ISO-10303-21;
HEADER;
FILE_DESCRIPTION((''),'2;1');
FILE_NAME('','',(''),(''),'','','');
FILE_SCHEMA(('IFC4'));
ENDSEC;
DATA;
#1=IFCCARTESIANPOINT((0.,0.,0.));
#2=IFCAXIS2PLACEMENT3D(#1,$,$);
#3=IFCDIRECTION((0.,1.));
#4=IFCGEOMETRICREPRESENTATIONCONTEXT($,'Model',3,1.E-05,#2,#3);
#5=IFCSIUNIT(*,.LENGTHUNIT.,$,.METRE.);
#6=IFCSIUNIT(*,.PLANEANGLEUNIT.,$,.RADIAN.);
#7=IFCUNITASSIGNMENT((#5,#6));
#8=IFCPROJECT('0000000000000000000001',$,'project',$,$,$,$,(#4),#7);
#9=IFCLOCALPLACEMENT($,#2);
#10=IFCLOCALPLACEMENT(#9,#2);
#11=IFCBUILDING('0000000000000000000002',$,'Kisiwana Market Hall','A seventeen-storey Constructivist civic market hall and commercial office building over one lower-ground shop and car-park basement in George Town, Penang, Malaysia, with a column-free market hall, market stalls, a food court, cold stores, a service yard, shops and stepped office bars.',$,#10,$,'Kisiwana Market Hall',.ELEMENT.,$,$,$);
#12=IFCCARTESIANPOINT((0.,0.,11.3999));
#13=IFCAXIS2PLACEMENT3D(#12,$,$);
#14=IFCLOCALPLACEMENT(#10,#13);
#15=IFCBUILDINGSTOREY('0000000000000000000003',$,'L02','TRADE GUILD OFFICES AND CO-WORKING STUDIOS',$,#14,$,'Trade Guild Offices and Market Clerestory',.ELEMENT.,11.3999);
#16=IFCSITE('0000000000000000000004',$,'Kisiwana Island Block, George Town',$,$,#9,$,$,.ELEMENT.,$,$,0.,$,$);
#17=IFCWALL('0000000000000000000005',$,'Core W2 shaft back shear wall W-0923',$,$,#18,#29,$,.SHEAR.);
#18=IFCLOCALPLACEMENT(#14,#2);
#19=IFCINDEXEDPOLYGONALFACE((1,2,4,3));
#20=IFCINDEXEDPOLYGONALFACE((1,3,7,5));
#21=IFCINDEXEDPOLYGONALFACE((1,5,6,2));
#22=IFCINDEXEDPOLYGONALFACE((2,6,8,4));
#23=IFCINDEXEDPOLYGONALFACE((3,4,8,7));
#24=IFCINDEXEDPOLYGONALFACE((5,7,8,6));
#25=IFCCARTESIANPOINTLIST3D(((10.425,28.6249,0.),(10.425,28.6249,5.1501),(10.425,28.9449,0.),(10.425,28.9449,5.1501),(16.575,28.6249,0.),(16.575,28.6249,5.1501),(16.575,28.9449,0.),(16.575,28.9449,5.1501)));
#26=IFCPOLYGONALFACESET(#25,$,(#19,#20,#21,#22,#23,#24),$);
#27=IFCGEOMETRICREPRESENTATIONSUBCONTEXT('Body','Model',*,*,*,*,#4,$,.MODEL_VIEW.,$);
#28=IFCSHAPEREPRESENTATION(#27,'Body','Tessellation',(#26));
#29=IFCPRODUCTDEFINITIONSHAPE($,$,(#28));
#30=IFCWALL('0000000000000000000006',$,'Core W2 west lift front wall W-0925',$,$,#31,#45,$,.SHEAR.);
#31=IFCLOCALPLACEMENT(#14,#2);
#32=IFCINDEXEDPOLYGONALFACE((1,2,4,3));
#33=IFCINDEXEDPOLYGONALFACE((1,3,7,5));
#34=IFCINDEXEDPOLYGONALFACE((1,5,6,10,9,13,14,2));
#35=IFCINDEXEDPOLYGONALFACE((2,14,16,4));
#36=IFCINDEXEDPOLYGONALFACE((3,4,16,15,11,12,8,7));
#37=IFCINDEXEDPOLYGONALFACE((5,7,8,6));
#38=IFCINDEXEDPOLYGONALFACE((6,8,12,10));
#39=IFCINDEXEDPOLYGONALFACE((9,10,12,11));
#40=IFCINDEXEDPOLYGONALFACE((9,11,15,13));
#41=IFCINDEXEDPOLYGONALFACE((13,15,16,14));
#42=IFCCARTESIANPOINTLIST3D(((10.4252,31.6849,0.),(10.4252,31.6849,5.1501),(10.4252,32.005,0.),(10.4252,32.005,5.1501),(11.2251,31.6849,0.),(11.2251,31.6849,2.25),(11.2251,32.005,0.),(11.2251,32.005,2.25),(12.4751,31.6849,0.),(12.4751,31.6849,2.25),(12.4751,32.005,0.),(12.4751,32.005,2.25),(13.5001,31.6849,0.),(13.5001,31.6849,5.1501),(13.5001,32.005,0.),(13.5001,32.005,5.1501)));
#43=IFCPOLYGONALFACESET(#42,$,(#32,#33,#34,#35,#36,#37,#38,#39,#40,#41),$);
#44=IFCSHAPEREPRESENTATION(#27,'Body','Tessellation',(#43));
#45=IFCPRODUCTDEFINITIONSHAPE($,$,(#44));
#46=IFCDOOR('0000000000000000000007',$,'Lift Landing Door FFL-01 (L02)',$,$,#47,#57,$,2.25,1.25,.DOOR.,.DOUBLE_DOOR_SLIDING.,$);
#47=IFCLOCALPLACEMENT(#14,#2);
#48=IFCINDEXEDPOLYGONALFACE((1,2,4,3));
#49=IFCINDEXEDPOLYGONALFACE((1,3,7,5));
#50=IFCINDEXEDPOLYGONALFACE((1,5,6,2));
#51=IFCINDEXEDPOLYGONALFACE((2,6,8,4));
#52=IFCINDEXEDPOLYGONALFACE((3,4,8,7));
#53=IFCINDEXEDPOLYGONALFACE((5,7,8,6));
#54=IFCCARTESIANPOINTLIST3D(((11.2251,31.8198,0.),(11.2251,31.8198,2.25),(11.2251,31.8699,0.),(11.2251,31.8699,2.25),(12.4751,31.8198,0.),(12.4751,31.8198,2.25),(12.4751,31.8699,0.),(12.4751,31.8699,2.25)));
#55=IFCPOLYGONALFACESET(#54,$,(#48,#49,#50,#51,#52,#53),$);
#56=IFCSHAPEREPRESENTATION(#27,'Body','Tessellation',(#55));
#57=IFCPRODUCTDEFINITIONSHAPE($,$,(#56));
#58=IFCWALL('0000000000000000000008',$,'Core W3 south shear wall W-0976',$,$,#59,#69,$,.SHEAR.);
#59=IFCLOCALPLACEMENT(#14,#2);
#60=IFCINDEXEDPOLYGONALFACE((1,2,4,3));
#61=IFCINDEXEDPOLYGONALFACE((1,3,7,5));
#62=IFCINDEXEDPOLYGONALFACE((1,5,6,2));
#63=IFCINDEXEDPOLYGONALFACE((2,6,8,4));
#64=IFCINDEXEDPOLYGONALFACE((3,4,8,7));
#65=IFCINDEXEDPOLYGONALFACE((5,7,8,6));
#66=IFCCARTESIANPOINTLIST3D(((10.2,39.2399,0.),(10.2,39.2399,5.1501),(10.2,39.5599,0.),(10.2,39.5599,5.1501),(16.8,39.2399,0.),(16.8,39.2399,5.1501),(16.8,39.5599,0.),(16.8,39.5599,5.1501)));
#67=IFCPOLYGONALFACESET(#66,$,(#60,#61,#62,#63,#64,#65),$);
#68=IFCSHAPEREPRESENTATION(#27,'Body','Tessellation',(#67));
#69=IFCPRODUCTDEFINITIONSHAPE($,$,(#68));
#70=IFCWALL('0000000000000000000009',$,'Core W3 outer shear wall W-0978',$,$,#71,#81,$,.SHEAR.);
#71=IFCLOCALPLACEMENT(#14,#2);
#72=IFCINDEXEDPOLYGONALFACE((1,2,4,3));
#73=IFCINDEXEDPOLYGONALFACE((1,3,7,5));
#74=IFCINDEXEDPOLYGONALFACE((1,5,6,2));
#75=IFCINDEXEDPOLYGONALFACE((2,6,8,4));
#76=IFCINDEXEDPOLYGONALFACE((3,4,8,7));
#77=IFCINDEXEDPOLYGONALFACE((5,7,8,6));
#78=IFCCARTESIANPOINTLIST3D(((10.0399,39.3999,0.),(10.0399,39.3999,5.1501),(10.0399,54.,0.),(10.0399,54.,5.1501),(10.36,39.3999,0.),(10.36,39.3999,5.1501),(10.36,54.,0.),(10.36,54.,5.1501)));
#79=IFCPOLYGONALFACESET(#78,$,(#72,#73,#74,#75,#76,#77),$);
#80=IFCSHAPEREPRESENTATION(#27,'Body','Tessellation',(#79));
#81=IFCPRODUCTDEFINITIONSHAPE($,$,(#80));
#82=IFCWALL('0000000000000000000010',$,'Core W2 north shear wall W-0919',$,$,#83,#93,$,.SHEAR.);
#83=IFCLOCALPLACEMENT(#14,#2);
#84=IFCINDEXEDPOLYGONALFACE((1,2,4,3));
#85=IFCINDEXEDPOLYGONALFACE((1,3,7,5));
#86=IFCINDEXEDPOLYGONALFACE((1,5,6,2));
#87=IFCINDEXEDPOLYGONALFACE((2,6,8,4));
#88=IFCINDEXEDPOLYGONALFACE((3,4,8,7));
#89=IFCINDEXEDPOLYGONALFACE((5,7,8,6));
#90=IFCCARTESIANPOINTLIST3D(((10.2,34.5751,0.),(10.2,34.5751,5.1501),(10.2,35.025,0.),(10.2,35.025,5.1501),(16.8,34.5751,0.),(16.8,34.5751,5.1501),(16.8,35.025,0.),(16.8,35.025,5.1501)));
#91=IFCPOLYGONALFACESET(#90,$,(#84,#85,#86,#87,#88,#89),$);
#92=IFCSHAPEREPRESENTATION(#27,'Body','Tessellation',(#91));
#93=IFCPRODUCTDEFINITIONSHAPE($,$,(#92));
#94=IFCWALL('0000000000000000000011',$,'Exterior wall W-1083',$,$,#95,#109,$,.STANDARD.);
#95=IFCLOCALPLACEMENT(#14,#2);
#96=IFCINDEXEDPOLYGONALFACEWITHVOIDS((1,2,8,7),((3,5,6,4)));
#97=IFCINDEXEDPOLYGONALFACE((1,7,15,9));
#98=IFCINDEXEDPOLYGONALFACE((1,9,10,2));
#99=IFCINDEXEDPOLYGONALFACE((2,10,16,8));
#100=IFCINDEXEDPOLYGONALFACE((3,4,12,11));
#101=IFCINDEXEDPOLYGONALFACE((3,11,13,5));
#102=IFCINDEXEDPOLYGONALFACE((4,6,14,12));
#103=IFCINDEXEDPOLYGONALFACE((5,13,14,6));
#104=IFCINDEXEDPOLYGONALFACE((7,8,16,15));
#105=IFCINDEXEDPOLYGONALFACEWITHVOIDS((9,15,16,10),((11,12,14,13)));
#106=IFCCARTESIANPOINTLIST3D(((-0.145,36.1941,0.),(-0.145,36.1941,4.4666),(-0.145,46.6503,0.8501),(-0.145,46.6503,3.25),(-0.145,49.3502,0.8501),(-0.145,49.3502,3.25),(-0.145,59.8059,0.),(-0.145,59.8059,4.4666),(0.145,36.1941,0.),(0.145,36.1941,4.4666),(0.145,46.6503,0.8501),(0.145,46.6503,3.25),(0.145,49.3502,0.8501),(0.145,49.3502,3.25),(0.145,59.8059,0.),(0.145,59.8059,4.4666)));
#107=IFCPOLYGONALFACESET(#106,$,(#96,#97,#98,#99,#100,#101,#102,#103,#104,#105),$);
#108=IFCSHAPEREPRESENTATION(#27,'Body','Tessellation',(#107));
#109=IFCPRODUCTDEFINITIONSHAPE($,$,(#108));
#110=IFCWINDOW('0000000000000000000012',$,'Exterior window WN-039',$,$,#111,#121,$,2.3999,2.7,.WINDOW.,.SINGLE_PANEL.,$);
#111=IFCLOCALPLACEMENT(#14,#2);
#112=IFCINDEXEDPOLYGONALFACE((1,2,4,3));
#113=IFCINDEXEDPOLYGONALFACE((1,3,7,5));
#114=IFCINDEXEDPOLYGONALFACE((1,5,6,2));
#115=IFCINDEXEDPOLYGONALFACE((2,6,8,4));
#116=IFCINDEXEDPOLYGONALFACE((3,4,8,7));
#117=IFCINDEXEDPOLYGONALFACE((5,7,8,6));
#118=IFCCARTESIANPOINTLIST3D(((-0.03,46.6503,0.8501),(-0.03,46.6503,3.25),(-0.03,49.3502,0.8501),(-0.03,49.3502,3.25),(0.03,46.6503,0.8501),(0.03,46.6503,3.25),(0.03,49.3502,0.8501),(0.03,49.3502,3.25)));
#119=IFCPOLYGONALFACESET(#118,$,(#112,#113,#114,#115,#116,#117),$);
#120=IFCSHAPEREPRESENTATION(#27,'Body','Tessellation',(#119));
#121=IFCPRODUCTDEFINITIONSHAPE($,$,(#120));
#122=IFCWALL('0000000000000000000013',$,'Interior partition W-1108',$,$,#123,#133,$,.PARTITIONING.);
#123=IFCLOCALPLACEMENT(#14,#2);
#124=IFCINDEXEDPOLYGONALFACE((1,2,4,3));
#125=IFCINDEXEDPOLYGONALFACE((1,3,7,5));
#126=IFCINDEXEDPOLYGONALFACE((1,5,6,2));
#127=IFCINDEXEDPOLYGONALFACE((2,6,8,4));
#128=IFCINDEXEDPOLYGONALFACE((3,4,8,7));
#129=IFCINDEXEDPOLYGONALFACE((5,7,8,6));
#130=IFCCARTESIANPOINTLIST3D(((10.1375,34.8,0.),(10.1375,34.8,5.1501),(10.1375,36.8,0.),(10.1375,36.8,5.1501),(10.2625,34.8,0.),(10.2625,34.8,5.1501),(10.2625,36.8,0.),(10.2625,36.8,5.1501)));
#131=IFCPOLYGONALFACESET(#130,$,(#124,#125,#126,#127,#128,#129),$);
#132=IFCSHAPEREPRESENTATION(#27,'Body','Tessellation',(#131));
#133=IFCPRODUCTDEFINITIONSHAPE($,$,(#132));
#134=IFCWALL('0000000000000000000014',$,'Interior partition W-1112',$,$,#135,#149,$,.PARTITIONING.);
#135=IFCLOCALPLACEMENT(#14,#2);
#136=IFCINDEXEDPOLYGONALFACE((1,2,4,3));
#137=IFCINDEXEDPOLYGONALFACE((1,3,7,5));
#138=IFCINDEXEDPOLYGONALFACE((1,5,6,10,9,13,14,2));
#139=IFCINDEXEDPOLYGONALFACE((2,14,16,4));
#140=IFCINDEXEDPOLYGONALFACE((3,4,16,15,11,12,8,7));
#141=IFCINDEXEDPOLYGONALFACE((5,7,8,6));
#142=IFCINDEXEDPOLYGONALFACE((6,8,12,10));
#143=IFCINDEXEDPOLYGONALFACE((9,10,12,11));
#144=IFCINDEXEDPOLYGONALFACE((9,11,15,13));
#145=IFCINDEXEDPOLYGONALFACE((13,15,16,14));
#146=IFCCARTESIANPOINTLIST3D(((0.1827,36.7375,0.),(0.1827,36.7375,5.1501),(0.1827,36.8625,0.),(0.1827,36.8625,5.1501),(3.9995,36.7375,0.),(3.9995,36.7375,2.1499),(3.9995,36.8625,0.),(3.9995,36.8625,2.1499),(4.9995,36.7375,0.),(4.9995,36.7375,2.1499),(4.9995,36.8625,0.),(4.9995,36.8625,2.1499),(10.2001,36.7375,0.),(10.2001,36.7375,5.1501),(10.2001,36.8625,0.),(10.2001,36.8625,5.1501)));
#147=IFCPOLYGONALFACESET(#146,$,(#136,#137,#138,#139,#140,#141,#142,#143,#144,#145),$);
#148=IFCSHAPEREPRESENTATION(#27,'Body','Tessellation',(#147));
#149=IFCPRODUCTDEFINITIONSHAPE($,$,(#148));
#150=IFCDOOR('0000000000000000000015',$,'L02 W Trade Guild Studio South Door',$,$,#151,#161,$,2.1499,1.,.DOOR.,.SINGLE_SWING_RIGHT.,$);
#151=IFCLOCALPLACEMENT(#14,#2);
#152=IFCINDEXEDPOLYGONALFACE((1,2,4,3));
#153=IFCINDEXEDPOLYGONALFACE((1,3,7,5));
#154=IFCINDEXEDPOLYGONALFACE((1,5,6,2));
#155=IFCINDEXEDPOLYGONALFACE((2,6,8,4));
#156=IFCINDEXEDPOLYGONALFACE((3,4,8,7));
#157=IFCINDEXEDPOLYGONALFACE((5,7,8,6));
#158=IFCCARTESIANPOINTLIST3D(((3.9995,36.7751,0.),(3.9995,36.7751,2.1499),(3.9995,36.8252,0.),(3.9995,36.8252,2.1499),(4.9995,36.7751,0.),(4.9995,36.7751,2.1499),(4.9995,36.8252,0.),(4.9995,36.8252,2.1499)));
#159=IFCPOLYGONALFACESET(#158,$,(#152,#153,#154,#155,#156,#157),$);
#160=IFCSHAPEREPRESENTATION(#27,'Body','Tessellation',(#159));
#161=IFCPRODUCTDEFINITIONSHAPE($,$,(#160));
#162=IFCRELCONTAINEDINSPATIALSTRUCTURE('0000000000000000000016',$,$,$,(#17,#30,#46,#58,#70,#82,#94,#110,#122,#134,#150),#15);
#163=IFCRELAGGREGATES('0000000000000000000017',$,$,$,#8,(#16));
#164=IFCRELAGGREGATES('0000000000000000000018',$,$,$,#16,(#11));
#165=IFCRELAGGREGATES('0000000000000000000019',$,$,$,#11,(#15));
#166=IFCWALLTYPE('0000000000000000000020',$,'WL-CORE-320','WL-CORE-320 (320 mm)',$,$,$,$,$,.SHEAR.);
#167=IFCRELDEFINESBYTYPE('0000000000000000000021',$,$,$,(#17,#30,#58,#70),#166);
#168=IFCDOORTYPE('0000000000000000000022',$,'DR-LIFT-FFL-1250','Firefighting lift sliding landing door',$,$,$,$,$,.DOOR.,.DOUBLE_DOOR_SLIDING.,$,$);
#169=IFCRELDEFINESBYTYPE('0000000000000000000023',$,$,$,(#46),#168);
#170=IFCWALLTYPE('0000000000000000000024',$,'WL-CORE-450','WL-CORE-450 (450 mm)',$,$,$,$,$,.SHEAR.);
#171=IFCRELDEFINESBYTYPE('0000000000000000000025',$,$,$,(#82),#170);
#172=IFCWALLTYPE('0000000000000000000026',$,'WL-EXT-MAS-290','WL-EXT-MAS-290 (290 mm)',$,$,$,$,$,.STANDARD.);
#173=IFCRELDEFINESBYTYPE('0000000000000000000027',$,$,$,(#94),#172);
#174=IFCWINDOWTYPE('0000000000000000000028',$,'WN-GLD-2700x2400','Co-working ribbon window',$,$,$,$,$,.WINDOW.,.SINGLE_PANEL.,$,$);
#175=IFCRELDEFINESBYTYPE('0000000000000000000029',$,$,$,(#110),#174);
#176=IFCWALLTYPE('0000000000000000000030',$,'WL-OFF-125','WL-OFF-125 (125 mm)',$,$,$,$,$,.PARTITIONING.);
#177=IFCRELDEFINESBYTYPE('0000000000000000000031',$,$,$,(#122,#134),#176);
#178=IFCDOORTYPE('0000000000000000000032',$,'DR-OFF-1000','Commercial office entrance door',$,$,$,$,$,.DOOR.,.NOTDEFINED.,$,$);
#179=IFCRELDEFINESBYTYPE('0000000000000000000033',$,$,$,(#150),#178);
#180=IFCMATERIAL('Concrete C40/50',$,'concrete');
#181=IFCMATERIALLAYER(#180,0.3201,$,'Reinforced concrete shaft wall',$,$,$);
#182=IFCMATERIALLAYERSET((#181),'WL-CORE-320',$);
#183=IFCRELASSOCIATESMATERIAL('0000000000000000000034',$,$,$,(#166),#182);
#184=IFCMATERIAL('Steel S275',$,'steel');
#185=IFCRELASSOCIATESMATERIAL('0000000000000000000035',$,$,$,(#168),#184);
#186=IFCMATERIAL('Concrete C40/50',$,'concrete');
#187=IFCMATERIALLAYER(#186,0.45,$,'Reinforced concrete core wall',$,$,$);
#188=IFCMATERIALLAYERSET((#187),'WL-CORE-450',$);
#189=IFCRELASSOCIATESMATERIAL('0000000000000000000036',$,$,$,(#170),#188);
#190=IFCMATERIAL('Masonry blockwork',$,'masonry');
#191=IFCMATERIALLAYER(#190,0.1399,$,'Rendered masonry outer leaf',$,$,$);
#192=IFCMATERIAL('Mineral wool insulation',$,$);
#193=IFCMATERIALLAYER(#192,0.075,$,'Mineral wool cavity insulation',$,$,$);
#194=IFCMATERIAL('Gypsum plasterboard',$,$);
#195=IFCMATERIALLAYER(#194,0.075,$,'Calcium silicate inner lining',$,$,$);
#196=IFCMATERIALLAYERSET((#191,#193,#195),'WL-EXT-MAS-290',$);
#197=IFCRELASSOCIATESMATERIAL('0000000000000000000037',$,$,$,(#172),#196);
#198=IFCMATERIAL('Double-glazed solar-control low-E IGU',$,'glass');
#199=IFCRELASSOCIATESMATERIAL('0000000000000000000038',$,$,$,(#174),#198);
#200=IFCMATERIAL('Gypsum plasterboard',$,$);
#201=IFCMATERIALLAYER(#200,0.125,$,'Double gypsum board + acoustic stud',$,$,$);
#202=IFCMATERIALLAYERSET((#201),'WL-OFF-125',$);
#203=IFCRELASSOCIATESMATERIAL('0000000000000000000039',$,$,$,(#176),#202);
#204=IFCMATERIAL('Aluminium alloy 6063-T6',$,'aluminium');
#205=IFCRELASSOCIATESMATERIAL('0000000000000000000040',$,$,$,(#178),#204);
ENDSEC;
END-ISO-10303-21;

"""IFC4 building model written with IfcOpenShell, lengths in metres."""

from ifc_helpers import new_model, si_unit, direction, frame, frame_2d, origin, place, context, subcontext, project, spatial, rectangle, extrude, material, layer, layer_set, type_object, element, fill, save


model = new_model("IFC4")

# Units and contexts
model_context = context("Model", 3, precision=1e-05, world=origin(), true_north=direction((0.0, 1.0)))
body_context = subcontext(model_context, "Body", "Model", "MODEL_VIEW")
ifc_project = project(units=[si_unit("LENGTHUNIT", "METRE"), si_unit("PLANEANGLEUNIT", "RADIAN")], contexts=[model_context])

# Site, building, storey
site_placement = place(None, origin())
site = spatial("IfcSite", under=ifc_project, at=site_placement, Name="Kisiwana Island Block, George Town", CompositionType="ELEMENT", RefElevation=0.0)
building_placement = place(site_placement, origin())
building = spatial("IfcBuilding", under=site, at=building_placement, Name="Kisiwana Market Hall", Description="A seventeen-storey Constructivist civic market hall and commercial office building over one lower-ground shop and car-park basement in George Town, Penang, Malaysia, with a column-free market hall, market stalls, a food court, cold stores, a service yard, shops and stepped office bars.", LongName="Kisiwana Market Hall", CompositionType="ELEMENT")
storey_placement = place(building_placement, frame((0.0, 0.0, 11.3999)))
storey = spatial("IfcBuildingStorey", under=building, at=storey_placement, Name="L02", Description="TRADE GUILD OFFICES AND CO-WORKING STUDIOS", LongName="Trade Guild Offices and Market Clerestory", CompositionType="ELEMENT", Elevation=11.3999)

# Wall
ifc_material_1 = material(Name="Concrete C40/50", Category="concrete")
ifc_layer_1 = layer(ifc_material_1, 0.3201, Name="Reinforced concrete shaft wall")
ifc_layer_set_1 = layer_set([ifc_layer_1], Name="WL-CORE-320")
wall_type_1 = type_object("IfcWallType", Name="WL-CORE-320", Description="WL-CORE-320 (320 mm)", PredefinedType="SHEAR", material=ifc_layer_set_1)
wall_1_placement = place(storey_placement, frame((10.425, 28.7849, 0.0), z_axis=(0.0, 0.0, 1.0), x_axis=(1.0, 0.0, 0.0)))
element("IfcWall", 1, at=wall_1_placement, inside=storey, type_object=wall_type_1, Name="Core W2 shaft back shear wall W-0923", PredefinedType="SHEAR", context=body_context, shape_type="SweptSolid", body=[
    extrude(rectangle(XDim=6.1499, YDim=0.3201, at=frame_2d((3.075, 0.0))), origin(), (0.0, 0.0, 1.0), 5.1501),
])

# Wall, opening, door
wall_2_placement = place(storey_placement, frame((10.425, 31.845, 0.0), z_axis=(0.0, 0.0, 1.0), x_axis=(1.0, 0.0, 0.0)))
wall_2 = element("IfcWall", 2, at=wall_2_placement, inside=storey, type_object=wall_type_1, Name="Core W2 west lift front wall W-0925", PredefinedType="SHEAR", context=body_context, shape_type="SweptSolid", body=[
    extrude(rectangle(XDim=3.075, YDim=0.3201, at=frame_2d((1.5376, 0.0))), origin(), (0.0, 0.0, 1.0), 5.1501),
])
opening_1_placement = place(wall_2_placement, frame((0.8, 0.0, 0.0)))
opening_1 = element("IfcOpeningElement", 3, at=opening_1_placement, cuts=wall_2, PredefinedType="OPENING", context=body_context, shape_type="SweptSolid", body=[
    extrude(rectangle(XDim=1.25, YDim=2.25, at=frame_2d((0.625, 1.125))), frame((0.0, 0.1719, 0.0), z_axis=(0.0, -1.0, 0.0), x_axis=(1.0, 0.0, 0.0)), (0.0, 0.0, 1.0), 0.344),
])
ifc_material_2 = material(Name="Steel S275", Category="steel")
door_type_1 = type_object("IfcDoorType", Name="DR-LIFT-FFL-1250", Description="Firefighting lift sliding landing door", OperationType="DOUBLE_DOOR_SLIDING", PredefinedType="DOOR", material=ifc_material_2)
door_1_placement = place(opening_1_placement, origin())
door_1 = element("IfcDoor", 4, at=door_1_placement, inside=storey, type_object=door_type_1, Name="Lift Landing Door FFL-01 (L02)", OperationType="DOUBLE_DOOR_SLIDING", OverallHeight=2.25, OverallWidth=1.25, PredefinedType="DOOR", context=body_context, shape_type="SweptSolid", body=[
    extrude(rectangle(XDim=1.25, YDim=2.25, at=frame_2d((0.625, 1.125))), frame((0.0, 0.0249, 0.0), z_axis=(0.0, -1.0, 0.0), x_axis=(1.0, 0.0, 0.0)), (0.0, 0.0, 1.0), 0.05),
])
fill(opening_1, door_1)

# Walls
wall_3_placement = place(storey_placement, frame((10.2, 39.3999, 0.0), z_axis=(0.0, 0.0, 1.0), x_axis=(1.0, 0.0, 0.0)))
element("IfcWall", 5, at=wall_3_placement, inside=storey, type_object=wall_type_1, Name="Core W3 south shear wall W-0976", PredefinedType="SHEAR", context=body_context, shape_type="SweptSolid", body=[
    extrude(rectangle(XDim=6.6001, YDim=0.3201, at=frame_2d((3.3, 0.0))), origin(), (0.0, 0.0, 1.0), 5.1501),
])
wall_4_placement = place(storey_placement, frame((10.2, 39.3999, 0.0), z_axis=(0.0, 0.0, 1.0), x_axis=(0.0, 1.0, 0.0)))
element("IfcWall", 6, at=wall_4_placement, inside=storey, type_object=wall_type_1, Name="Core W3 outer shear wall W-0978", PredefinedType="SHEAR", context=body_context, shape_type="SweptSolid", body=[
    extrude(rectangle(XDim=14.6001, YDim=0.3201, at=frame_2d((7.3, 0.0))), origin(), (0.0, 0.0, 1.0), 5.1501),
])
ifc_material_3 = material(Name="Concrete C40/50", Category="concrete")
ifc_layer_2 = layer(ifc_material_3, 0.45, Name="Reinforced concrete core wall")
ifc_layer_set_2 = layer_set([ifc_layer_2], Name="WL-CORE-450")
wall_type_2 = type_object("IfcWallType", Name="WL-CORE-450", Description="WL-CORE-450 (450 mm)", PredefinedType="SHEAR", material=ifc_layer_set_2)
wall_5_placement = place(storey_placement, frame((10.2, 34.8, 0.0), z_axis=(0.0, 0.0, 1.0), x_axis=(1.0, 0.0, 0.0)))
element("IfcWall", 7, at=wall_5_placement, inside=storey, type_object=wall_type_2, Name="Core W2 north shear wall W-0919", PredefinedType="SHEAR", context=body_context, shape_type="SweptSolid", body=[
    extrude(rectangle(XDim=6.6001, YDim=0.45, at=frame_2d((3.3, 0.0))), origin(), (0.0, 0.0, 1.0), 5.1501),
])

# Wall, opening, window
ifc_material_4 = material(Name="Masonry blockwork", Category="masonry")
ifc_layer_3 = layer(ifc_material_4, 0.1399, Name="Rendered masonry outer leaf")
ifc_material_5 = material(Name="Mineral wool insulation")
ifc_layer_4 = layer(ifc_material_5, 0.075, Name="Mineral wool cavity insulation")
ifc_material_6 = material(Name="Gypsum plasterboard")
ifc_layer_5 = layer(ifc_material_6, 0.075, Name="Calcium silicate inner lining")
ifc_layer_set_3 = layer_set([ifc_layer_3, ifc_layer_4, ifc_layer_5], Name="WL-EXT-MAS-290")
wall_type_3 = type_object("IfcWallType", Name="WL-EXT-MAS-290", Description="WL-EXT-MAS-290 (290 mm)", PredefinedType="STANDARD", material=ifc_layer_set_3)
wall_6_placement = place(storey_placement, frame((0.0, 36.1941, 0.0), z_axis=(0.0, 0.0, 1.0), x_axis=(0.0, 1.0, 0.0)))
wall_6 = element("IfcWall", 8, at=wall_6_placement, inside=storey, type_object=wall_type_3, Name="Exterior wall W-1083", PredefinedType="STANDARD", context=body_context, shape_type="SweptSolid", body=[
    extrude(rectangle(XDim=23.6118, YDim=0.29, at=frame_2d((11.8059, 0.0))), origin(), (0.0, 0.0, 1.0), 4.4666),
])
opening_2_placement = place(wall_6_placement, frame((10.4561, 0.0, 0.8501)))
opening_2 = element("IfcOpeningElement", 9, at=opening_2_placement, cuts=wall_6, PredefinedType="OPENING", context=body_context, shape_type="SweptSolid", body=[
    extrude(rectangle(XDim=2.7, YDim=2.3999, at=frame_2d((1.3501, 1.2))), frame((0.0, 0.157, 0.0), z_axis=(0.0, -1.0, 0.0), x_axis=(1.0, 0.0, 0.0)), (0.0, 0.0, 1.0), 0.314),
])
ifc_material_7 = material(Name="Double-glazed solar-control low-E IGU", Category="glass")
window_type = type_object("IfcWindowType", Name="WN-GLD-2700x2400", Description="Co-working ribbon window", PartitioningType="SINGLE_PANEL", PredefinedType="WINDOW", material=ifc_material_7)
window_placement = place(opening_2_placement, origin())
window = element("IfcWindow", 10, at=window_placement, inside=storey, type_object=window_type, Name="Exterior window WN-039", OverallHeight=2.3999, OverallWidth=2.7, PartitioningType="SINGLE_PANEL", PredefinedType="WINDOW", context=body_context, shape_type="SweptSolid", body=[
    extrude(rectangle(XDim=2.7, YDim=2.3999, at=frame_2d((1.3501, 1.2))), frame((0.0, 0.03, 0.0), z_axis=(0.0, -1.0, 0.0), x_axis=(1.0, 0.0, 0.0)), (0.0, 0.0, 1.0), 0.0601),
])
fill(opening_2, window)

# Wall
ifc_material_8 = material(Name="Gypsum plasterboard")
ifc_layer_6 = layer(ifc_material_8, 0.125, Name="Double gypsum board + acoustic stud")
ifc_layer_set_4 = layer_set([ifc_layer_6], Name="WL-OFF-125")
wall_type_4 = type_object("IfcWallType", Name="WL-OFF-125", Description="WL-OFF-125 (125 mm)", PredefinedType="PARTITIONING", material=ifc_layer_set_4)
wall_7_placement = place(storey_placement, frame((10.2, 34.8, 0.0), z_axis=(0.0, 0.0, 1.0), x_axis=(0.0, 1.0, 0.0)))
element("IfcWall", 11, at=wall_7_placement, inside=storey, type_object=wall_type_4, Name="Interior partition W-1108", PredefinedType="PARTITIONING", context=body_context, shape_type="SweptSolid", body=[
    extrude(rectangle(XDim=2.0, YDim=0.125, at=frame_2d((1.0, 0.0))), origin(), (0.0, 0.0, 1.0), 5.1501),
])

# Wall, opening, door
wall_8_placement = place(storey_placement, frame((0.1826, 36.8, 0.0), z_axis=(0.0, 0.0, 1.0), x_axis=(1.0, 0.0, 0.0)))
wall_8 = element("IfcWall", 12, at=wall_8_placement, inside=storey, type_object=wall_type_4, Name="Interior partition W-1112", PredefinedType="PARTITIONING", context=body_context, shape_type="SweptSolid", body=[
    extrude(rectangle(XDim=10.0173, YDim=0.125, at=frame_2d((5.0088, 0.0))), origin(), (0.0, 0.0, 1.0), 5.1501),
])
opening_3_placement = place(wall_8_placement, frame((3.8169, 0.0, 0.0)))
opening_3 = element("IfcOpeningElement", 13, at=opening_3_placement, cuts=wall_8, PredefinedType="OPENING", context=body_context, shape_type="SweptSolid", body=[
    extrude(rectangle(XDim=1.0, YDim=2.1499, at=frame_2d((0.5, 1.075))), frame((0.0, 0.0745, 0.0), z_axis=(0.0, -1.0, 0.0), x_axis=(1.0, 0.0, 0.0)), (0.0, 0.0, 1.0), 0.1489),
])
ifc_material_9 = material(Name="Aluminium alloy 6063-T6", Category="aluminium")
door_type_2 = type_object("IfcDoorType", Name="DR-OFF-1000", Description="Commercial office entrance door", OperationType="NOTDEFINED", PredefinedType="DOOR", material=ifc_material_9)
door_2_placement = place(opening_3_placement, frame((1.0, 0.0, 0.0), z_axis=(0.0, 0.0, 1.0), x_axis=(-1.0, 0.0, 0.0)))
door_2 = element("IfcDoor", 14, at=door_2_placement, inside=storey, type_object=door_type_2, Name="L02 W Trade Guild Studio South Door", OperationType="SINGLE_SWING_RIGHT", OverallHeight=2.1499, OverallWidth=1.0, PredefinedType="DOOR", context=body_context, shape_type="SweptSolid", body=[
    extrude(rectangle(XDim=1.0, YDim=2.1499, at=frame_2d((0.5, 1.075))), frame((0.0, 0.0249, 0.0), z_axis=(0.0, -1.0, 0.0), x_axis=(1.0, 0.0, 0.0)), (0.0, 0.0, 1.0), 0.05),
])
fill(opening_3, door_2)

save(model, "model.ifc")
